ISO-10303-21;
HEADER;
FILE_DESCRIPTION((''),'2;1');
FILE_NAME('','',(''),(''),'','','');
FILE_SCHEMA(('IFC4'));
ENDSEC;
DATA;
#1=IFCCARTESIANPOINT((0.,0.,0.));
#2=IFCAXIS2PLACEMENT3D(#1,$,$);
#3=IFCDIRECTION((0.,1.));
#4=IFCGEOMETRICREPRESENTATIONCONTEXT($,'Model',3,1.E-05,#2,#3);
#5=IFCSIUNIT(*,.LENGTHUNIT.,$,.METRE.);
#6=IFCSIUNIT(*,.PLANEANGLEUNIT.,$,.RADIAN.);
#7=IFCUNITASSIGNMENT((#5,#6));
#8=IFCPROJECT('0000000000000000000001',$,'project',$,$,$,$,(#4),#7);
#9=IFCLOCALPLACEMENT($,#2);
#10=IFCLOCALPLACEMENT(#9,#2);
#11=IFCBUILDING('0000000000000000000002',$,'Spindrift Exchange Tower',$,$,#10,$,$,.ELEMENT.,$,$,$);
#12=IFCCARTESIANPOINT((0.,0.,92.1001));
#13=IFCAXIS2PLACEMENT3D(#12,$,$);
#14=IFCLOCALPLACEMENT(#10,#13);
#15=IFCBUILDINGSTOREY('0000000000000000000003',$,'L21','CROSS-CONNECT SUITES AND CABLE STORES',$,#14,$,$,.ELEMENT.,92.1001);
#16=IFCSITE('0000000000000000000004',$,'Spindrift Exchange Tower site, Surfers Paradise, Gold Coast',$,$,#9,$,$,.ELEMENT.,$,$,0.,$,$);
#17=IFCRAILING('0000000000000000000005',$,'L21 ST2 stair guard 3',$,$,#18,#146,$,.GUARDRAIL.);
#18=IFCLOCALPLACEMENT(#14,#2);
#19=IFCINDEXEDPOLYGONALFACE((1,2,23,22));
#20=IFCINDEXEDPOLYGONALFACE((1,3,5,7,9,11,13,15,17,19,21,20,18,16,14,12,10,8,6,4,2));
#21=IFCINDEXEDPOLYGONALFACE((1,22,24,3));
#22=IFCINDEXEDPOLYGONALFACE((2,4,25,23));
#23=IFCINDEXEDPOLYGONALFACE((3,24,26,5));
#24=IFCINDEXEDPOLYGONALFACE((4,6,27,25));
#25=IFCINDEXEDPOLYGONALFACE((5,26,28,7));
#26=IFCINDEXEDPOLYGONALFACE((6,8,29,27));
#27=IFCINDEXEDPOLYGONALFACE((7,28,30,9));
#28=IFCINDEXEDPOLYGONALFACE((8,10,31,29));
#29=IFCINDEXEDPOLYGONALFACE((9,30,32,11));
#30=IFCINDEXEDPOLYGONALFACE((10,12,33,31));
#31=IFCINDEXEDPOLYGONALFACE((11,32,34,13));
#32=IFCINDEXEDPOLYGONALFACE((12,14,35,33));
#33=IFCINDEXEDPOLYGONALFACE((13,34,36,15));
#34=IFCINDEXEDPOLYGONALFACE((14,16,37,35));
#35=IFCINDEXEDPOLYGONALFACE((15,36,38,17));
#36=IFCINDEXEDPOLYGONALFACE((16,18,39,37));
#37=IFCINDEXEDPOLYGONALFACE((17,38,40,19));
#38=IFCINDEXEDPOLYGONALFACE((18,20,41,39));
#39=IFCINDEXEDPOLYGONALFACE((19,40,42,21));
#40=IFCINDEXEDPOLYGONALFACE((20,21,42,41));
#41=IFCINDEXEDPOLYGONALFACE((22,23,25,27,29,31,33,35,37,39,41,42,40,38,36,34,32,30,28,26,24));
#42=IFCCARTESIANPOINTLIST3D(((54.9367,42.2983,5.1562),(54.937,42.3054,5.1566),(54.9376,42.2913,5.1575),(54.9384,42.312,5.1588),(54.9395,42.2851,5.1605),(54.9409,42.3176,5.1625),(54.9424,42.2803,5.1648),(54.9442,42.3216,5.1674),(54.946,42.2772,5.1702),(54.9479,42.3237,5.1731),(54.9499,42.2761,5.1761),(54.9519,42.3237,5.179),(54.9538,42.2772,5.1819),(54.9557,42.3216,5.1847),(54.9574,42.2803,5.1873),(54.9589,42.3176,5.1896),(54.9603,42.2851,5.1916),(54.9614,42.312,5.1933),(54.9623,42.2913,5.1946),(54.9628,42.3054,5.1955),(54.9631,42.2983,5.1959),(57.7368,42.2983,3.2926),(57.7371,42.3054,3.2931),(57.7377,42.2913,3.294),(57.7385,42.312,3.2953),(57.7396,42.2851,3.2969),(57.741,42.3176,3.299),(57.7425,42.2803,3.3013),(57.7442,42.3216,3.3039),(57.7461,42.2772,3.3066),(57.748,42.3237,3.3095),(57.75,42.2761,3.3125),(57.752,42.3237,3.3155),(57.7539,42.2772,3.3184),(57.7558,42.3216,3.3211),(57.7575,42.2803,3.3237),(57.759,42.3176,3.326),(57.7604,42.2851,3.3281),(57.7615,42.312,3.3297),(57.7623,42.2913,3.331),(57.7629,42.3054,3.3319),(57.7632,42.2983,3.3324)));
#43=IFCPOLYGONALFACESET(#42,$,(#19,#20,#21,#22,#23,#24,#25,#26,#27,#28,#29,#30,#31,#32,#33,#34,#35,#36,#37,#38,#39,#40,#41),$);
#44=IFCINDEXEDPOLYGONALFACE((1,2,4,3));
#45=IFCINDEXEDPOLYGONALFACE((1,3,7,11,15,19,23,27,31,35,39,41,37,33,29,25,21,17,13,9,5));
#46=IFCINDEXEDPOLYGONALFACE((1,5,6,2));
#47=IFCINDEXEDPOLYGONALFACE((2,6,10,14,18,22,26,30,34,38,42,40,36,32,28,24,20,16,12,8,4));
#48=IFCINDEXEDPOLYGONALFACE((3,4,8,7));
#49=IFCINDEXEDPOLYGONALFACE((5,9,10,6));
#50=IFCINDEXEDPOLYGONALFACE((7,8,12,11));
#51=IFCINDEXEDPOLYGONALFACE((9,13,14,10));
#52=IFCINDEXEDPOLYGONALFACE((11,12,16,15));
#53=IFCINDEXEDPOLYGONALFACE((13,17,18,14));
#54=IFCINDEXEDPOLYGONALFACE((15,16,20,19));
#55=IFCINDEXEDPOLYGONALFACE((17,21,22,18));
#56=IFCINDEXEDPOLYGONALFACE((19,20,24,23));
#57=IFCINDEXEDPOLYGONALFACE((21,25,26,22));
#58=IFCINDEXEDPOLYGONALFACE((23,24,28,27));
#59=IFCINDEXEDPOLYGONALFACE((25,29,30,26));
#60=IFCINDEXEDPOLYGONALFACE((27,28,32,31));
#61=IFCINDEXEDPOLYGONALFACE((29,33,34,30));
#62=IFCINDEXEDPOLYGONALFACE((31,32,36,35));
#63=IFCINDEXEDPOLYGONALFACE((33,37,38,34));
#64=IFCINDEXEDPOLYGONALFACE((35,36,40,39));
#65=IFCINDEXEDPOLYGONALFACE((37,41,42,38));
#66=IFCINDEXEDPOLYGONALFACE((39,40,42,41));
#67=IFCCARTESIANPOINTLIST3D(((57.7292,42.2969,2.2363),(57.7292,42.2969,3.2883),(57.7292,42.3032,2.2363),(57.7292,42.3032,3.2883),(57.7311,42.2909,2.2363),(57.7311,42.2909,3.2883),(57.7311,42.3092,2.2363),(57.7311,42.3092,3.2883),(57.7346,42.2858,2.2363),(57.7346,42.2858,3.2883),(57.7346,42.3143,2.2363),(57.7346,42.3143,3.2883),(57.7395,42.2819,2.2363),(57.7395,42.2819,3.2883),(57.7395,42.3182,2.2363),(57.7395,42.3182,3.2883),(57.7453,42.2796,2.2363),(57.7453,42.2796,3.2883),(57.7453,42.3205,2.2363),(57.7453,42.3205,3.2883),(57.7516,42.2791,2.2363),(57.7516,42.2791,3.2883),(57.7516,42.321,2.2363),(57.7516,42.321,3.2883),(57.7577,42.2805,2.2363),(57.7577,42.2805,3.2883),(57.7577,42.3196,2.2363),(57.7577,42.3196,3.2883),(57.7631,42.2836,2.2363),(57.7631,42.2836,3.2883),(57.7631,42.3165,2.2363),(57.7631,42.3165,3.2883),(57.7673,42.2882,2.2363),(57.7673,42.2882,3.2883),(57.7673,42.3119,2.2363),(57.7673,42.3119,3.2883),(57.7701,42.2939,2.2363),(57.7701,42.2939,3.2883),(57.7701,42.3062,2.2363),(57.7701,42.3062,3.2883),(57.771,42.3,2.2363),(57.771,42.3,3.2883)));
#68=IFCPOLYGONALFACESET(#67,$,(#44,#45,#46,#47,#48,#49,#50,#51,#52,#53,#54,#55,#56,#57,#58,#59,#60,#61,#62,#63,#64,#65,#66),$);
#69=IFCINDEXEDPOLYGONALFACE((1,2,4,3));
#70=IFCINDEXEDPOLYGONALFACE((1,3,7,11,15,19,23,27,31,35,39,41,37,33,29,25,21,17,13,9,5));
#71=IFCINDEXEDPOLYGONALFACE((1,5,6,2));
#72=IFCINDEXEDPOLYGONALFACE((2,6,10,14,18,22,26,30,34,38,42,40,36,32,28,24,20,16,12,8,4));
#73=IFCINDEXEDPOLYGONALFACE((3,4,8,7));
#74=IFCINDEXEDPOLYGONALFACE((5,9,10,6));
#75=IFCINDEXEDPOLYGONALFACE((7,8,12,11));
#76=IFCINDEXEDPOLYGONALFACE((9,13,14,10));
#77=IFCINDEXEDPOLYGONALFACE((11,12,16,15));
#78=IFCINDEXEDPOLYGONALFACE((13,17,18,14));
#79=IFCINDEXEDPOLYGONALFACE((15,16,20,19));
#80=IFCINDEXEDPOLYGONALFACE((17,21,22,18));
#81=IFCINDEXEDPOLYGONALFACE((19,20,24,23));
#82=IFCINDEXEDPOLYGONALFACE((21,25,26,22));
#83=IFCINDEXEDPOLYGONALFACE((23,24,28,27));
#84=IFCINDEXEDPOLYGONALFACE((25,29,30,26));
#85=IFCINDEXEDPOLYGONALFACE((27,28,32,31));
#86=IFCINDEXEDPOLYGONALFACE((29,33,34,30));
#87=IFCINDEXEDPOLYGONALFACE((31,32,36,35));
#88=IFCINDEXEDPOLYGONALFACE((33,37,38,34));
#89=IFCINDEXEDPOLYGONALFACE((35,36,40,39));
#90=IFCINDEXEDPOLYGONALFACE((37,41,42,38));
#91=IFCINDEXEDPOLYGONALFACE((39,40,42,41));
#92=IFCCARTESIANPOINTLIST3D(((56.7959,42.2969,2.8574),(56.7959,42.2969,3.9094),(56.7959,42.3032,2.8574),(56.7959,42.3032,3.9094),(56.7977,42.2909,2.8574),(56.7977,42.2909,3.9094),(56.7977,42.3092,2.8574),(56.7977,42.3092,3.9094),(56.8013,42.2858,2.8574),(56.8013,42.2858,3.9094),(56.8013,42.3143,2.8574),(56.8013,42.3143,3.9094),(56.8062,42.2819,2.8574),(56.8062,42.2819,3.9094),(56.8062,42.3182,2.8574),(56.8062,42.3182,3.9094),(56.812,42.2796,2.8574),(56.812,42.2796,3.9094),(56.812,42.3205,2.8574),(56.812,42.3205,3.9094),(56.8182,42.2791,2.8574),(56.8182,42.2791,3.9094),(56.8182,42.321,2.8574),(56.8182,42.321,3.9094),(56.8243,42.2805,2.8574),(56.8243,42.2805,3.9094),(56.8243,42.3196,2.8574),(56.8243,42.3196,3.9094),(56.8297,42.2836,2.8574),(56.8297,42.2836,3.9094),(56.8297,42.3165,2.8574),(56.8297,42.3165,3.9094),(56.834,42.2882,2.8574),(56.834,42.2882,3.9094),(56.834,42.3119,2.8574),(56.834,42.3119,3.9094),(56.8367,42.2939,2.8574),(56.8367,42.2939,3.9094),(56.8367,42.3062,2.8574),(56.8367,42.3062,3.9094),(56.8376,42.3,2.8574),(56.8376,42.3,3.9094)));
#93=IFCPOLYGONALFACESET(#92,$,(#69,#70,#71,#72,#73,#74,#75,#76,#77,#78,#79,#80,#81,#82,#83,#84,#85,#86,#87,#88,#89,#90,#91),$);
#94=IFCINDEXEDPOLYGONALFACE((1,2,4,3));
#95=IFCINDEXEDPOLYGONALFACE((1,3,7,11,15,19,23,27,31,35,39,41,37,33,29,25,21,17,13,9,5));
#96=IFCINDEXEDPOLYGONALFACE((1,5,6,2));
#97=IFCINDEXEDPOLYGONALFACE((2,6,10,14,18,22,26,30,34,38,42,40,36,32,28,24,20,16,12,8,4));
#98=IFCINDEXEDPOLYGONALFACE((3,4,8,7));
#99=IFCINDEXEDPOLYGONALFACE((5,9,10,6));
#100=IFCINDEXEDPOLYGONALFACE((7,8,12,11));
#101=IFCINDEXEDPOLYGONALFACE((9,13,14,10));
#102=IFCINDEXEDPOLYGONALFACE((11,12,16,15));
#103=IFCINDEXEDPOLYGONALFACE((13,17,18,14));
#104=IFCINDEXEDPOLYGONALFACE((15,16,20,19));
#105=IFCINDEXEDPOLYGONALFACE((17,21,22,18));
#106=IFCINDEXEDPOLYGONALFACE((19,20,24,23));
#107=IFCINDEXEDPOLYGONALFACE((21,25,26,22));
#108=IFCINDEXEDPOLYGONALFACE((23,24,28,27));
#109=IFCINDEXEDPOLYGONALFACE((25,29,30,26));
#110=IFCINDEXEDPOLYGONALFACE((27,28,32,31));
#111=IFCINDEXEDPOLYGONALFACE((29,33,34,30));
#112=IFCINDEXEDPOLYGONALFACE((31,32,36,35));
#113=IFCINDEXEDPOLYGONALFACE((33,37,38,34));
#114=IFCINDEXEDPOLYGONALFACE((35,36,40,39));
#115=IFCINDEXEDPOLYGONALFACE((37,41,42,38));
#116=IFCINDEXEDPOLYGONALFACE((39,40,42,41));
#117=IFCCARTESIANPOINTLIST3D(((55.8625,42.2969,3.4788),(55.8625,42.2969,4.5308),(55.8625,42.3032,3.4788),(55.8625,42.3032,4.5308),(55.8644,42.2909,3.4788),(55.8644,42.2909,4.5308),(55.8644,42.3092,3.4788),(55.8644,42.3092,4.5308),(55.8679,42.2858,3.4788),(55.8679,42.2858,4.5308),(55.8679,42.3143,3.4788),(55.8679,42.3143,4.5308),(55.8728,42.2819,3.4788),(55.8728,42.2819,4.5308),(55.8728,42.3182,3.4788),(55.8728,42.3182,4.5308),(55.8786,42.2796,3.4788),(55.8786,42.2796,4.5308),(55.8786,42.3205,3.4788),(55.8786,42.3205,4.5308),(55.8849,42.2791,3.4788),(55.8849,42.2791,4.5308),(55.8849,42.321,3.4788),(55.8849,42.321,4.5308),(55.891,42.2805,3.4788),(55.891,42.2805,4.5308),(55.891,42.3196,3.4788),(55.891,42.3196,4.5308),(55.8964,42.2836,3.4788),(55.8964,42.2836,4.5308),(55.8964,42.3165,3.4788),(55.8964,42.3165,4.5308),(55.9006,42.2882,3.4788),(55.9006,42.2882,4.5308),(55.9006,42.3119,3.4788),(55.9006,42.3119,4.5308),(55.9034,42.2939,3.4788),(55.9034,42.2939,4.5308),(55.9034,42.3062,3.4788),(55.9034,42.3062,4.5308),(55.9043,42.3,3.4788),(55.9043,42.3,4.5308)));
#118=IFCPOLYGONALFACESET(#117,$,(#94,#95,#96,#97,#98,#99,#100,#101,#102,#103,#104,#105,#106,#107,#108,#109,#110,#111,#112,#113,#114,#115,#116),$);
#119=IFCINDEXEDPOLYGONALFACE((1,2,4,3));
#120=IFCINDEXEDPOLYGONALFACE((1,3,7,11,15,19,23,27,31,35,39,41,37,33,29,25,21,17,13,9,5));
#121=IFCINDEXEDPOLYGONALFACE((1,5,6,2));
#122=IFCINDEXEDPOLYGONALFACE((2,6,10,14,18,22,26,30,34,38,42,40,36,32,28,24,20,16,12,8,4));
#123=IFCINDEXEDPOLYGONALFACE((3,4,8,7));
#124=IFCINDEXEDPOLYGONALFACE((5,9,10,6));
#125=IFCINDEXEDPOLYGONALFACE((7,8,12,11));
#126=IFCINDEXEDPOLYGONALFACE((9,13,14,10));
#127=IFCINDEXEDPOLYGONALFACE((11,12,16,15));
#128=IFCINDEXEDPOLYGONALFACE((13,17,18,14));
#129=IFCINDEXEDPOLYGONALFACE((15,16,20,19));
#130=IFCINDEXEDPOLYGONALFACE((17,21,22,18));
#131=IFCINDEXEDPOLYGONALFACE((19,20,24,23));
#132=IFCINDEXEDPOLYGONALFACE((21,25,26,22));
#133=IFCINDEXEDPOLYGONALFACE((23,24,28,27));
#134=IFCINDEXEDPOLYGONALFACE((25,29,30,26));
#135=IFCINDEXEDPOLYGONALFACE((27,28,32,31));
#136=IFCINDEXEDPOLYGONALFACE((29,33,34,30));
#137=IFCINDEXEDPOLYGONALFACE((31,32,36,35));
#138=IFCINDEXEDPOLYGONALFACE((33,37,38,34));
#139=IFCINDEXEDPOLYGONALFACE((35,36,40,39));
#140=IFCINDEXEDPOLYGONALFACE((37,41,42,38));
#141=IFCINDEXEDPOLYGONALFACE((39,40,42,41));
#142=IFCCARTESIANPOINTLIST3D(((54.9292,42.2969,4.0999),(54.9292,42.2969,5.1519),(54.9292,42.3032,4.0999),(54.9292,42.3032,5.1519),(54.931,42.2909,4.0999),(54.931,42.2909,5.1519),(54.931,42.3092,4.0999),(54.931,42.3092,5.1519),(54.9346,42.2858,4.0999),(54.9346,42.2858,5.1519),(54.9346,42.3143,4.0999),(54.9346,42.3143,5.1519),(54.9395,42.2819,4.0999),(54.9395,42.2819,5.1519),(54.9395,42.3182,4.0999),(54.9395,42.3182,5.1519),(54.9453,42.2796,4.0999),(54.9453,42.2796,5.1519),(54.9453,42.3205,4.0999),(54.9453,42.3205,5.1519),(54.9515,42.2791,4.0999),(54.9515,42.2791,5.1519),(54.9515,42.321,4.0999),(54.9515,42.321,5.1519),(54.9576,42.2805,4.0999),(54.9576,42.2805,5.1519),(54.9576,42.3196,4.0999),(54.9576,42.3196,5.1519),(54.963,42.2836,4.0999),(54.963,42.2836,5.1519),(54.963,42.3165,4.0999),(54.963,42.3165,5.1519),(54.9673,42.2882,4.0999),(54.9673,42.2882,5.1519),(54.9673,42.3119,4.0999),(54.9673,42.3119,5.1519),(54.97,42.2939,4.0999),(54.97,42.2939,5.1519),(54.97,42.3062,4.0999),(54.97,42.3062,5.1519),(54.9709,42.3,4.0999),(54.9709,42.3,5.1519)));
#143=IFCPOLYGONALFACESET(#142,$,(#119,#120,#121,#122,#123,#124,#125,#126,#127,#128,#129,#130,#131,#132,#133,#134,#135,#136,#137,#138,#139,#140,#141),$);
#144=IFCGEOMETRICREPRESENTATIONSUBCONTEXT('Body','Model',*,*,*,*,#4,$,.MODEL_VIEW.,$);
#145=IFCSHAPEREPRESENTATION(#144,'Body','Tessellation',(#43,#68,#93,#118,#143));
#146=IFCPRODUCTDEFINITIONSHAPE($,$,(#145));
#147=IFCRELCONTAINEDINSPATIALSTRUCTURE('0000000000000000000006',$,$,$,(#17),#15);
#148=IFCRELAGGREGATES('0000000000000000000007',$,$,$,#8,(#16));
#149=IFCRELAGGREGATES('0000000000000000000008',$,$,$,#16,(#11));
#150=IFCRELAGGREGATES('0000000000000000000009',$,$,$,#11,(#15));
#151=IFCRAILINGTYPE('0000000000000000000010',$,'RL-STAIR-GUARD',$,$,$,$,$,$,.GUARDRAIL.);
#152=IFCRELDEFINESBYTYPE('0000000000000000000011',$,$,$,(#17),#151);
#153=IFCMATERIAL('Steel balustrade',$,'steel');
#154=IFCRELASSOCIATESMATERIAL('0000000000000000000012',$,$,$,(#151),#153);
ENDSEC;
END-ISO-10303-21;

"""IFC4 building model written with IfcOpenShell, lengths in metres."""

from ifc_helpers import new_model, si_unit, direction, frame, origin, origin_2d, place, context, subcontext, project, spatial, circle, extrude, material, type_object, element, save


model = new_model("IFC4")

# Units and contexts
model_context = context("Model", 3, precision=1e-05, world=origin(), true_north=direction((0.0, 1.0)))
body_context = subcontext(model_context, "Body", "Model", "MODEL_VIEW")
ifc_project = project(units=[si_unit("LENGTHUNIT", "METRE"), si_unit("PLANEANGLEUNIT", "RADIAN")], contexts=[model_context])

# Site, building, storey
site_placement = place(None, origin())
site = spatial("IfcSite", under=ifc_project, at=site_placement, Name="Spindrift Exchange Tower site, Surfers Paradise, Gold Coast", CompositionType="ELEMENT", RefElevation=0.0)
building_placement = place(site_placement, origin())
building = spatial("IfcBuilding", under=site, at=building_placement, Name="Spindrift Exchange Tower", CompositionType="ELEMENT")
storey_placement = place(building_placement, frame((0.0, 0.0, 92.1001)))
storey = spatial("IfcBuildingStorey", under=building, at=storey_placement, Name="L21", Description="CROSS-CONNECT SUITES AND CABLE STORES", CompositionType="ELEMENT", Elevation=92.1001)

# Railing
ifc_material_1 = material(Name="Steel balustrade", Category="steel")
railing_type_1 = type_object("IfcRailingType", Name="RL-STAIR-GUARD", PredefinedType="GUARDRAIL", material=ifc_material_1)
railing_1_placement = place(storey_placement, frame((57.75, 42.3, 2.2363)))
element("IfcRailing", 1, at=railing_1_placement, inside=storey, type_object=railing_type_1, Name="L21 ST2 stair guard 3", PredefinedType="GUARDRAIL", context=body_context, shape_type="SweptSolid", body=[
    extrude(circle(Radius=0.0239, at=origin_2d()), frame((0.0, 0.0, 1.0762), z_axis=(-0.832486, 0.0, 0.554047), x_axis=(0.0, -1.0, 0.0)), (0.0, 0.0, 1.0), 3.3635),
    extrude(circle(Radius=0.021, at=origin_2d()), origin(), (0.0, 0.0, 1.0), 1.052),
    extrude(circle(Radius=0.021, at=origin_2d()), frame((-0.9333, 0.0, 0.6211)), (0.0, 0.0, 1.0), 1.052),
    extrude(circle(Radius=0.021, at=origin_2d()), frame((-1.8667, 0.0, 1.2424)), (0.0, 0.0, 1.0), 1.052),
    extrude(circle(Radius=0.021, at=origin_2d()), frame((-2.8, 0.0, 1.8635)), (0.0, 0.0, 1.0), 1.052),
])

save(model, "model.ifc")
